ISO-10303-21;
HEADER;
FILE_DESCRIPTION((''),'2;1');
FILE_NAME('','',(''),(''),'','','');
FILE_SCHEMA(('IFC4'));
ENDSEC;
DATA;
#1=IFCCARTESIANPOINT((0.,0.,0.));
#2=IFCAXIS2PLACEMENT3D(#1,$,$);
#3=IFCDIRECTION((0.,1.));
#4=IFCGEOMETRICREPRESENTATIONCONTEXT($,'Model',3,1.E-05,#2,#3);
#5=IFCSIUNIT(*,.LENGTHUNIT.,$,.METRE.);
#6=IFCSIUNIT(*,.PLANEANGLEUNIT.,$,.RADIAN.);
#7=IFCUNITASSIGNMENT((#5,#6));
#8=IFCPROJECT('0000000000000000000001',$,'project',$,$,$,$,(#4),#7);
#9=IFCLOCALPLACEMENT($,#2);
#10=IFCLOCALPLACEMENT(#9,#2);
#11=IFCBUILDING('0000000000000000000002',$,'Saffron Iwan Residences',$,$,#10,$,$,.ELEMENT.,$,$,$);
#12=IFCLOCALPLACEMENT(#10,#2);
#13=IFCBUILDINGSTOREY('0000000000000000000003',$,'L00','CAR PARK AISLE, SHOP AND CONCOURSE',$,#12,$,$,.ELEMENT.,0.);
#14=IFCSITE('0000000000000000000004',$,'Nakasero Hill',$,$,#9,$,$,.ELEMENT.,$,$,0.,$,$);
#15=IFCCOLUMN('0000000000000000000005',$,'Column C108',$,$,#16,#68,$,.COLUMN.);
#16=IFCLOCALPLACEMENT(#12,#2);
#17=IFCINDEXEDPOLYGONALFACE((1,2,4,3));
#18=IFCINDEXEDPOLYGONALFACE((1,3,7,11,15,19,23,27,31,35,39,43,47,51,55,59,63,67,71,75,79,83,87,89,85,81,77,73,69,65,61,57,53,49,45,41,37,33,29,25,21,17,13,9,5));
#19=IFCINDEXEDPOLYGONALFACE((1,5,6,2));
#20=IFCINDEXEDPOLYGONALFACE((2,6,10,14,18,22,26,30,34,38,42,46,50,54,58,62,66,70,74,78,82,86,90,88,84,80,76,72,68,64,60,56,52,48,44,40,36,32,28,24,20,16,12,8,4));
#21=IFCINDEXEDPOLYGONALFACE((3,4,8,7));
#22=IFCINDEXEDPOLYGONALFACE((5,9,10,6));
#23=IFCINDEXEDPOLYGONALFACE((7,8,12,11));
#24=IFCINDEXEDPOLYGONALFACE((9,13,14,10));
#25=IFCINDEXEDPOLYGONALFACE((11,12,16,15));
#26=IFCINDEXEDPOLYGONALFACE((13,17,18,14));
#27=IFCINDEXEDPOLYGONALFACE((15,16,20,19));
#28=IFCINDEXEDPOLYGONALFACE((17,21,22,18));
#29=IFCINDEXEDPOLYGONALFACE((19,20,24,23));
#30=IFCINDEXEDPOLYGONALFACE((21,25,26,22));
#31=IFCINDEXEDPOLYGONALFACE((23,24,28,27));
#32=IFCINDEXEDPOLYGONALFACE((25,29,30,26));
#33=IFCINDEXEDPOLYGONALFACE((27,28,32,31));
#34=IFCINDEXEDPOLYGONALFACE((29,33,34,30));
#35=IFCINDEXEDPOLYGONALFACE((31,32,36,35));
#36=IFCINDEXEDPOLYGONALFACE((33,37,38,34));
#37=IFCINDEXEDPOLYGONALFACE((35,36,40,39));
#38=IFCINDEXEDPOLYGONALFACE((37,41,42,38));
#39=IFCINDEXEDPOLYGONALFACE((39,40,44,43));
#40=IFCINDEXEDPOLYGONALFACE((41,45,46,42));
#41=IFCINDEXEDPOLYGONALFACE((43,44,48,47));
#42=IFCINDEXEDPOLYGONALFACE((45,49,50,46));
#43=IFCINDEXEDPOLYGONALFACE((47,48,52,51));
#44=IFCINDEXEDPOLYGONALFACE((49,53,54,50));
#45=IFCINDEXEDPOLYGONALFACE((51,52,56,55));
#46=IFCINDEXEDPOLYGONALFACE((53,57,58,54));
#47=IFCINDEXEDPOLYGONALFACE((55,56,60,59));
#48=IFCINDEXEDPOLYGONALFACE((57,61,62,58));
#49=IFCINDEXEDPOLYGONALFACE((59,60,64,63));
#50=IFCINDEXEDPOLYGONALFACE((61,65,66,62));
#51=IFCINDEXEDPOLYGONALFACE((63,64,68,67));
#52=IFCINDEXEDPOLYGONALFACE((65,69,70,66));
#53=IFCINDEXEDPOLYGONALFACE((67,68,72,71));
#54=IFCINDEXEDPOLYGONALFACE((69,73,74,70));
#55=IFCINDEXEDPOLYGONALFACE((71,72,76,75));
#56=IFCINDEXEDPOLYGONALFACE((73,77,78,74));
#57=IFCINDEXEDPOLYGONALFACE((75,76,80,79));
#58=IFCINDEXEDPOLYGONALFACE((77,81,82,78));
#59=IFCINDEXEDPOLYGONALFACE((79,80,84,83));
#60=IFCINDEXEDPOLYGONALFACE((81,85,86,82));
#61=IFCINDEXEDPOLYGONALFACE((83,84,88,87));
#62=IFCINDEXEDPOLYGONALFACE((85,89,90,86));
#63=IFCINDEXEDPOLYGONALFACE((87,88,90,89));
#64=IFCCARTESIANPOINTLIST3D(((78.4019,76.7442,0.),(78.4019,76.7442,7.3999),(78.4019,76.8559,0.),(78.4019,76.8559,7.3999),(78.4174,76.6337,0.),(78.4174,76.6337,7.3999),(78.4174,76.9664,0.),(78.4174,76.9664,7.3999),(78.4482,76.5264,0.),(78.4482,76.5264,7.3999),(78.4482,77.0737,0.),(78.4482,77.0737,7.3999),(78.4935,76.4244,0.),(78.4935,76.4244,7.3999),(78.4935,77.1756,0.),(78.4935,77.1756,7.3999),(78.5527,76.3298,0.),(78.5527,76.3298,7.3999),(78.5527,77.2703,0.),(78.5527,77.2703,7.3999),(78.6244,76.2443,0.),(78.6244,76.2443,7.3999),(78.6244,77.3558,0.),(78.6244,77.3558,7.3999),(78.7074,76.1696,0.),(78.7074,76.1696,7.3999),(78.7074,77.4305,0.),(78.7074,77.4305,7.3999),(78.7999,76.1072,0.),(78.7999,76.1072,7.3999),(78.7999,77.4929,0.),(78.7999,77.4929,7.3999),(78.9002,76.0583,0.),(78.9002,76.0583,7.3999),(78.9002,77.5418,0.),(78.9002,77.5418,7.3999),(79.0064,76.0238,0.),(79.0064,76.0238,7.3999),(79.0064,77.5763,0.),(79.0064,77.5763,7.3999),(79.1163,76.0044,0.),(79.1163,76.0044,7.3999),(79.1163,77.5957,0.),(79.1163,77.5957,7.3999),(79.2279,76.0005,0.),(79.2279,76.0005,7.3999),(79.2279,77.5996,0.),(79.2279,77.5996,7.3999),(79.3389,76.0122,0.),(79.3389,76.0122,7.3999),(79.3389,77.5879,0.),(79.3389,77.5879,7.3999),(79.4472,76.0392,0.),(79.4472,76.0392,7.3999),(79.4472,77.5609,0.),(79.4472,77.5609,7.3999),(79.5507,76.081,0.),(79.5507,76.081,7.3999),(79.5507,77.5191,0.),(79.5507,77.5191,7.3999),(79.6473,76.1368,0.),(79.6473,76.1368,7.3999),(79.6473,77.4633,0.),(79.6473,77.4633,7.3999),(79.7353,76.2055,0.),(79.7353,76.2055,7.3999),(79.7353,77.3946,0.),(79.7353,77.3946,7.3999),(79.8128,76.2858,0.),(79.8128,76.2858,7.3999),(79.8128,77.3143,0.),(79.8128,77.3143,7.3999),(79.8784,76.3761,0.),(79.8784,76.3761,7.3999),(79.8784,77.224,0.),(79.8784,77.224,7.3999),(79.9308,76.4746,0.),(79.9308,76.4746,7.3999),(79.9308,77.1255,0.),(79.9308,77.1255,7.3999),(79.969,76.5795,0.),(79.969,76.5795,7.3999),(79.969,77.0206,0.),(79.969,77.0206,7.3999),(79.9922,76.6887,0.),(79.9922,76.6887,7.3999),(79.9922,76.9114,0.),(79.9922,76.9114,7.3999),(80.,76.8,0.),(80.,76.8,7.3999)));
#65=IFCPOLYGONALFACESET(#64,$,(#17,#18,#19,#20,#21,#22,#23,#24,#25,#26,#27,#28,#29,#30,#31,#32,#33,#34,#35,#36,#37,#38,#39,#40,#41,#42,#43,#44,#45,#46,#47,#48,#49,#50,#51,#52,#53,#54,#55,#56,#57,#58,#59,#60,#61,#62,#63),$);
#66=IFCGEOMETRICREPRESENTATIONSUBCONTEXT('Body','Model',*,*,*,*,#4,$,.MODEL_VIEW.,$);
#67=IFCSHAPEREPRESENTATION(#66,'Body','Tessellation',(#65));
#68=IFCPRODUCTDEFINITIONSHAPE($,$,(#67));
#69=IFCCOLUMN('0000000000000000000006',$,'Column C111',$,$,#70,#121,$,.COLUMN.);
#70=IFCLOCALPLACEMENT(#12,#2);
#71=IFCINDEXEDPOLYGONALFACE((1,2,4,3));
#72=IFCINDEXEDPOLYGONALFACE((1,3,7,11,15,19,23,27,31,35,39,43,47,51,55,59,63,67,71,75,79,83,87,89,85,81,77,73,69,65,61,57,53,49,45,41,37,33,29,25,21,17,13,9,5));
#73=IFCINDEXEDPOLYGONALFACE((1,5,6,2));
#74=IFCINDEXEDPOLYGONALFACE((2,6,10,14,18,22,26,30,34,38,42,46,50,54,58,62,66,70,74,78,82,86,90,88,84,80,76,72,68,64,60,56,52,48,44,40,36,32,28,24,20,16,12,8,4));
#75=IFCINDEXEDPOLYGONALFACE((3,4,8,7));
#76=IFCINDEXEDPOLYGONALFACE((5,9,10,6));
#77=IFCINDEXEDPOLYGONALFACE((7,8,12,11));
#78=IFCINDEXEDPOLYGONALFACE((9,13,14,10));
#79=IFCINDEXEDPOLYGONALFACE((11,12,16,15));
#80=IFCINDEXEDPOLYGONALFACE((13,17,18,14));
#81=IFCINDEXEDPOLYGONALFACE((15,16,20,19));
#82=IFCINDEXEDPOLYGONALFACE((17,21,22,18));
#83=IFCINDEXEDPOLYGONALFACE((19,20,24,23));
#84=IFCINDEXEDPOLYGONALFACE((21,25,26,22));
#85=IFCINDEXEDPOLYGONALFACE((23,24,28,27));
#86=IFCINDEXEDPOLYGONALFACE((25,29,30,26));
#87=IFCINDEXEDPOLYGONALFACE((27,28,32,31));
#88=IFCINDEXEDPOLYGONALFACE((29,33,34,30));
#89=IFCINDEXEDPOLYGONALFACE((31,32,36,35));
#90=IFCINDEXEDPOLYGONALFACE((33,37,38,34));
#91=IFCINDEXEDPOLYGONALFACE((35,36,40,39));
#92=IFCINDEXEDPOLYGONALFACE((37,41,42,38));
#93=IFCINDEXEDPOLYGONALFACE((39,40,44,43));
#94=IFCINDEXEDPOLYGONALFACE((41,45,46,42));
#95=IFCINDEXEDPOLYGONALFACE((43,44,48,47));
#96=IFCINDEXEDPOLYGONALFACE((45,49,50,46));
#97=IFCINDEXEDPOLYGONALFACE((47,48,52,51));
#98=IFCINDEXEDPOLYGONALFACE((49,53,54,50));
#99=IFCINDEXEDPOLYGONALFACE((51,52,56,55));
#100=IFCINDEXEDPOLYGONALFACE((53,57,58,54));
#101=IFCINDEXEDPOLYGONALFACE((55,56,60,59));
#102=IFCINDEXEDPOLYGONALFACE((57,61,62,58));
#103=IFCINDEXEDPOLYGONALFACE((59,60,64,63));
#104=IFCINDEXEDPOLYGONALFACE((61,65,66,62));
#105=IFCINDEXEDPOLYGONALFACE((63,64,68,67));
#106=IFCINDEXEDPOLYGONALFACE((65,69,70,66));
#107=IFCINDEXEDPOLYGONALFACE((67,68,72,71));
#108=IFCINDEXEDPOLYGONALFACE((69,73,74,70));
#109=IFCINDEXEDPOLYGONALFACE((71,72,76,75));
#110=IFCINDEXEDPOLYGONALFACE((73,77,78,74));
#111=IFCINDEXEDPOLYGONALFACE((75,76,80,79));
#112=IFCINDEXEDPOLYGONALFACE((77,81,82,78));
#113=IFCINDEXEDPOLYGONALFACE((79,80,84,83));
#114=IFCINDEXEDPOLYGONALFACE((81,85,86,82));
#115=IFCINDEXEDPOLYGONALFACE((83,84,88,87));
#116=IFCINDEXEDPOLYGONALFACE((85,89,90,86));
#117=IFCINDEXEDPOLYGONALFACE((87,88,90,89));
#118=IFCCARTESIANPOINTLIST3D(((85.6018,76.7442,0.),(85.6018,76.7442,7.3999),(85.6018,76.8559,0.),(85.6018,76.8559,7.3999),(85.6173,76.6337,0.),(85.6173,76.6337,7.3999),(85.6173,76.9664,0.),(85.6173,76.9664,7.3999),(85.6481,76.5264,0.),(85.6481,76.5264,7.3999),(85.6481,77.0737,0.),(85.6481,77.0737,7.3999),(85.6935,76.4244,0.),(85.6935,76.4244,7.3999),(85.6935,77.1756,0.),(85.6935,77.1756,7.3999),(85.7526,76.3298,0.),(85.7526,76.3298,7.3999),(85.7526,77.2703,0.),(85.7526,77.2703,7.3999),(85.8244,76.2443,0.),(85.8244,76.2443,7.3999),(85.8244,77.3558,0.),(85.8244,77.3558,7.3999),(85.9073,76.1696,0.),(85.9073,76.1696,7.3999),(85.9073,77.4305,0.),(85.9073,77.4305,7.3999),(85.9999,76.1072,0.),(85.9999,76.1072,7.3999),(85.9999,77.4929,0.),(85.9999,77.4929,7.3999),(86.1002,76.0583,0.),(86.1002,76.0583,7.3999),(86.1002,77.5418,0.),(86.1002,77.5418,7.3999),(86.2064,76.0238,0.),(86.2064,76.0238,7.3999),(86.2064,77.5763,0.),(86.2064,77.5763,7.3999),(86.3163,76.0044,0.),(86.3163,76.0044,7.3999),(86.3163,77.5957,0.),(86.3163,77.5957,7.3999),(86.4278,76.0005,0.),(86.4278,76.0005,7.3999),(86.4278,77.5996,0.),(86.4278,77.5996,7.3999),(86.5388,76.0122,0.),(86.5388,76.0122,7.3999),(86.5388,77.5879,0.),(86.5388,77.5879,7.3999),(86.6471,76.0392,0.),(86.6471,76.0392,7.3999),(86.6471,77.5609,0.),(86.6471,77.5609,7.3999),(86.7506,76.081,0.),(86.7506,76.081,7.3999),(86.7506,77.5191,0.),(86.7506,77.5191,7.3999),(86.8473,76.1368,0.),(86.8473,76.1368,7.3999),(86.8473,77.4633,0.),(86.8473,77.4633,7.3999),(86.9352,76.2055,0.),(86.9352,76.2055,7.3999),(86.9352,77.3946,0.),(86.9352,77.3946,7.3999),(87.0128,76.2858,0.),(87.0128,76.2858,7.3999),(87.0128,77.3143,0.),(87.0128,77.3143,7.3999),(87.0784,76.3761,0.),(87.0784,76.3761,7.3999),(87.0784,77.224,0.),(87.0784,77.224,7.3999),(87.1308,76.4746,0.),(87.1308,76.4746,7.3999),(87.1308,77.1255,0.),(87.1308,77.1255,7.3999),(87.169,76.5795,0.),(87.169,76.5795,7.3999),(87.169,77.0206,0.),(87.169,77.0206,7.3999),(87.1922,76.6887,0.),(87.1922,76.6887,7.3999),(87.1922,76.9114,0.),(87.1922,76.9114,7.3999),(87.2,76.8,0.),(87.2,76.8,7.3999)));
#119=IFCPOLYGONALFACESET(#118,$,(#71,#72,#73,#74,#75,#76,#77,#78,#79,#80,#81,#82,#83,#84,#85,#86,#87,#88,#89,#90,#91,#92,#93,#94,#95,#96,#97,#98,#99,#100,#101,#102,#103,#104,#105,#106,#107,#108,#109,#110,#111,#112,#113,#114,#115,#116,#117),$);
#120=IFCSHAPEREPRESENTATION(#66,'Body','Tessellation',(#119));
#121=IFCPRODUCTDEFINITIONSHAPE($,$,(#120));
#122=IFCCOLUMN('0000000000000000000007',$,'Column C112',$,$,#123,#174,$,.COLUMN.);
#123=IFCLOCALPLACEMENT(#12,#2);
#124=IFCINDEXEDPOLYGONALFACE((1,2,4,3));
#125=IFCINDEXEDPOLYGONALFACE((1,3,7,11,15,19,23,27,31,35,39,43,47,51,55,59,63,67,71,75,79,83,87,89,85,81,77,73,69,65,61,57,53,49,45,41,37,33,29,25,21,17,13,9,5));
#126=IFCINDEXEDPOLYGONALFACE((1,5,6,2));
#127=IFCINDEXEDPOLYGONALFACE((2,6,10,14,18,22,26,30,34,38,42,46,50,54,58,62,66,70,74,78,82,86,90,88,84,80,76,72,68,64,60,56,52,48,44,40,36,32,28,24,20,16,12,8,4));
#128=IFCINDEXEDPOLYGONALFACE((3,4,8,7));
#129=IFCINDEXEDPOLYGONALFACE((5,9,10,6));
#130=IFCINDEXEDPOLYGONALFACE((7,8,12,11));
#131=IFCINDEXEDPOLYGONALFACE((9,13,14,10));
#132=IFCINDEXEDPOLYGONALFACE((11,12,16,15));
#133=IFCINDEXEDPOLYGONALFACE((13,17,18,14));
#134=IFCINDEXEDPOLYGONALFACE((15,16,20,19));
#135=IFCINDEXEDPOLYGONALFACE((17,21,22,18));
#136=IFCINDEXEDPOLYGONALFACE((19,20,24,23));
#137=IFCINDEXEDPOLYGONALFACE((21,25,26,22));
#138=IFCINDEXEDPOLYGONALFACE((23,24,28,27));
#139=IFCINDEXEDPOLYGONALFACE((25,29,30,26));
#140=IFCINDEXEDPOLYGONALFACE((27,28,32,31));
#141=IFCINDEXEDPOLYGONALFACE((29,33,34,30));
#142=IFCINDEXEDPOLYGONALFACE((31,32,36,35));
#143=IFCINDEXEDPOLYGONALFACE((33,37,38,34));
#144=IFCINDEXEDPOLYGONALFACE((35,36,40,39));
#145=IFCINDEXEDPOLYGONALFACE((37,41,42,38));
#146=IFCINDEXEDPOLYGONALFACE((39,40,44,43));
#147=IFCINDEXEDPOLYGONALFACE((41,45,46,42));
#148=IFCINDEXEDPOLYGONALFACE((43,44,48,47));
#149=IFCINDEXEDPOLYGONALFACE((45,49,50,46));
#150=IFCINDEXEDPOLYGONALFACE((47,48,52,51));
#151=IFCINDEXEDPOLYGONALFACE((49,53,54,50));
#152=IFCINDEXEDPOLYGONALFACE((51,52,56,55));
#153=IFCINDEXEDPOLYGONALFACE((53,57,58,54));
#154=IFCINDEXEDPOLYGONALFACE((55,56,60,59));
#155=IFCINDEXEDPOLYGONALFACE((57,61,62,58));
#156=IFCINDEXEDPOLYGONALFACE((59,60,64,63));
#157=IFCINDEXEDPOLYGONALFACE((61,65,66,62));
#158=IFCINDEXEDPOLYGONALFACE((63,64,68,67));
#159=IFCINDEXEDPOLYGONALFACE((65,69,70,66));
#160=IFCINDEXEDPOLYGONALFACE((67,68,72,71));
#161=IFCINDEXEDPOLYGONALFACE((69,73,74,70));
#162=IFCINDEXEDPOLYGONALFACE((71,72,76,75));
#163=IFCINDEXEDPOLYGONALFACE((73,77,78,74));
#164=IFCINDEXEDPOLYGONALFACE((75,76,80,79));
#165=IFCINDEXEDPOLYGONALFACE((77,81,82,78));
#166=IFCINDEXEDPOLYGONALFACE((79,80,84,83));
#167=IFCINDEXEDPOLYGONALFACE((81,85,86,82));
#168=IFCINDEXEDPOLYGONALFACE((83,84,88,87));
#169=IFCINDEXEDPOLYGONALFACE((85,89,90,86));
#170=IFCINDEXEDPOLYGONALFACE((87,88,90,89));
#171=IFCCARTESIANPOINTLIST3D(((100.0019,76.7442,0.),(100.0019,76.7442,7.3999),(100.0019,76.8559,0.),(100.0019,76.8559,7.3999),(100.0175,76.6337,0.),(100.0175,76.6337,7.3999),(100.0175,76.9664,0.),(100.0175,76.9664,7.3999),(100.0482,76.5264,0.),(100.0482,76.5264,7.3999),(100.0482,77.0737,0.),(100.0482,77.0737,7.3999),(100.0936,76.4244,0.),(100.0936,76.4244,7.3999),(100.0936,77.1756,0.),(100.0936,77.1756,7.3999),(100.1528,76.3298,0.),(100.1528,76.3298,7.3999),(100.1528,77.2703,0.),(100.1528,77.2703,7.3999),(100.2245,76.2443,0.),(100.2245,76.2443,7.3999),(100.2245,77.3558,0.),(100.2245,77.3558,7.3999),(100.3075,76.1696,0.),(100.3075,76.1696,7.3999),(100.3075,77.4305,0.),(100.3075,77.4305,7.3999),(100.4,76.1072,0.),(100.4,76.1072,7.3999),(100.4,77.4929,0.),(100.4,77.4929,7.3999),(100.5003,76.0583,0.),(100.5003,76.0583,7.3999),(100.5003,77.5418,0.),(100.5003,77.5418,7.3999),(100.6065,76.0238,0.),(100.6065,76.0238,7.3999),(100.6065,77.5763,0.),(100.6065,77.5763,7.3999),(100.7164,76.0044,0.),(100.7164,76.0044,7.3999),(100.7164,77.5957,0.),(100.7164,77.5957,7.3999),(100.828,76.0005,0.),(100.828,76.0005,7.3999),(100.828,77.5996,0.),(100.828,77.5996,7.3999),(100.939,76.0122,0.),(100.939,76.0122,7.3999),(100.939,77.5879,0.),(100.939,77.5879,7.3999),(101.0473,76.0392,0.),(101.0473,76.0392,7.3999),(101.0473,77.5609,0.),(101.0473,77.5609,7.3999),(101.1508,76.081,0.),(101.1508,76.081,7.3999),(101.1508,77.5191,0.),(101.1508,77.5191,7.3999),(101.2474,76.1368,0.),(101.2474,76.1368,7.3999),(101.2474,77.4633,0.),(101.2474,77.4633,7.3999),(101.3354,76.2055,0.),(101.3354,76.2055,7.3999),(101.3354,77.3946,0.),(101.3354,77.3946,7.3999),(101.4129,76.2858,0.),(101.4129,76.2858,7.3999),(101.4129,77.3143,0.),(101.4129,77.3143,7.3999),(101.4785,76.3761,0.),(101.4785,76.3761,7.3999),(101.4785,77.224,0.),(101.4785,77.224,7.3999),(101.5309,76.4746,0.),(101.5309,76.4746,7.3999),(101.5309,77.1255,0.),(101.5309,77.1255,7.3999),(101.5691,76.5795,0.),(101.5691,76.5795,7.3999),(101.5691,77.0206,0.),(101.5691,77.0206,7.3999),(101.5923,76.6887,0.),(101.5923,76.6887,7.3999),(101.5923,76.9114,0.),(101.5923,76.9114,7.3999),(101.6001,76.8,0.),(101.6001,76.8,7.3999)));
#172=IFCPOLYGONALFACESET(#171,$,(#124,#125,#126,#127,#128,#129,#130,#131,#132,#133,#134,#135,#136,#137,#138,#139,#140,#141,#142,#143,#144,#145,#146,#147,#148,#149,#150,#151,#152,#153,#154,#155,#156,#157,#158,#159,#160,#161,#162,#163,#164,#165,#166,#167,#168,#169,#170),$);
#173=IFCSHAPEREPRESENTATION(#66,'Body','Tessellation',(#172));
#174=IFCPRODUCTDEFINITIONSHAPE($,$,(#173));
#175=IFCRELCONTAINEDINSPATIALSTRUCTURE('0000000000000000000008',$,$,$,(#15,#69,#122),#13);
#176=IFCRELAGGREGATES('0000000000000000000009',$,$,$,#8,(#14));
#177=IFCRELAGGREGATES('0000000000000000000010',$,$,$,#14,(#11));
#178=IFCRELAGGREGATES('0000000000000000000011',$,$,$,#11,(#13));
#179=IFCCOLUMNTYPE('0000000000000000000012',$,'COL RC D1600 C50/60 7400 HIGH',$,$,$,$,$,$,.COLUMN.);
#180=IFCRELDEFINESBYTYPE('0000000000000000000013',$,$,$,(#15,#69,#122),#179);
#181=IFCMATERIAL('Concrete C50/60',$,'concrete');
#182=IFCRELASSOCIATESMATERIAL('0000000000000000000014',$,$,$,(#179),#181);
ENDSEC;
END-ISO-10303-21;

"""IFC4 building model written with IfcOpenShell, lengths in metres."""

from ifc_helpers import new_model, si_unit, direction, frame, origin, origin_2d, place, context, subcontext, project, spatial, circle, extrude, source, transform, mapped, material, material_profile, profile_set, type_object, element, save


model = new_model("IFC4")

# Units and contexts
model_context = context("Model", 3, precision=1e-05, world=origin(), true_north=direction((0.0, 1.0)))
body_context = subcontext(model_context, "Body", "Model", "MODEL_VIEW")
ifc_project = project(units=[si_unit("LENGTHUNIT", "METRE"), si_unit("PLANEANGLEUNIT", "RADIAN")], contexts=[model_context])

# Site, building, storey
site_placement = place(None, origin())
site = spatial("IfcSite", under=ifc_project, at=site_placement, Name="Nakasero Hill", CompositionType="ELEMENT", RefElevation=0.0)
building_placement = place(site_placement, origin())
building = spatial("IfcBuilding", under=site, at=building_placement, Name="Saffron Iwan Residences", CompositionType="ELEMENT")
storey_placement = place(building_placement, origin())
storey = spatial("IfcBuildingStorey", under=building, at=storey_placement, Name="L00", Description="CAR PARK AISLE, SHOP AND CONCOURSE", CompositionType="ELEMENT", Elevation=0.0)

# Columns
ifc_material_1 = material(Name="Concrete C50/60", Category="concrete")
ifc_material_profile_1 = material_profile(ifc_material_1, circle(Radius=0.8, at=origin_2d()), Name="RC D1600")
ifc_profile_set_1 = profile_set([ifc_material_profile_1], Name="Concrete C50/60")
column_type = type_object("IfcColumnType", Name="COL RC D1600 C50/60 7400 HIGH", PredefinedType="COLUMN", material=ifc_profile_set_1)
shared_shape_1 = source(origin(), body_context, "Body", "SweptSolid", [
    extrude(circle(Radius=0.8, at=origin_2d()), origin(), (0.0, 0.0, 1.0), 7.3999),
])
for number, where, z_axis, x_axis, name in (
    (1, (79.2, 76.8, 0.0), (0.0, 0.0, 1.0), (1.0, 0.0, 0.0), "Column C108"),
    (2, (86.3999, 76.8, 0.0), (0.0, 0.0, 1.0), (1.0, 0.0, 0.0), "Column C111"),
    (3, (100.8, 76.8, 0.0), (0.0, 0.0, 1.0), (1.0, 0.0, 0.0), "Column C112"),
):
    element("IfcColumn", number, at=place(storey_placement, frame(where, z_axis=z_axis, x_axis=x_axis)), inside=storey, type_object=column_type, Name=name, PredefinedType="COLUMN", context=body_context, shape_type="MappedRepresentation", body=[
        mapped(shared_shape_1, transform((0.0, 0.0, 0.0))),
    ])

save(model, "model.ifc")
